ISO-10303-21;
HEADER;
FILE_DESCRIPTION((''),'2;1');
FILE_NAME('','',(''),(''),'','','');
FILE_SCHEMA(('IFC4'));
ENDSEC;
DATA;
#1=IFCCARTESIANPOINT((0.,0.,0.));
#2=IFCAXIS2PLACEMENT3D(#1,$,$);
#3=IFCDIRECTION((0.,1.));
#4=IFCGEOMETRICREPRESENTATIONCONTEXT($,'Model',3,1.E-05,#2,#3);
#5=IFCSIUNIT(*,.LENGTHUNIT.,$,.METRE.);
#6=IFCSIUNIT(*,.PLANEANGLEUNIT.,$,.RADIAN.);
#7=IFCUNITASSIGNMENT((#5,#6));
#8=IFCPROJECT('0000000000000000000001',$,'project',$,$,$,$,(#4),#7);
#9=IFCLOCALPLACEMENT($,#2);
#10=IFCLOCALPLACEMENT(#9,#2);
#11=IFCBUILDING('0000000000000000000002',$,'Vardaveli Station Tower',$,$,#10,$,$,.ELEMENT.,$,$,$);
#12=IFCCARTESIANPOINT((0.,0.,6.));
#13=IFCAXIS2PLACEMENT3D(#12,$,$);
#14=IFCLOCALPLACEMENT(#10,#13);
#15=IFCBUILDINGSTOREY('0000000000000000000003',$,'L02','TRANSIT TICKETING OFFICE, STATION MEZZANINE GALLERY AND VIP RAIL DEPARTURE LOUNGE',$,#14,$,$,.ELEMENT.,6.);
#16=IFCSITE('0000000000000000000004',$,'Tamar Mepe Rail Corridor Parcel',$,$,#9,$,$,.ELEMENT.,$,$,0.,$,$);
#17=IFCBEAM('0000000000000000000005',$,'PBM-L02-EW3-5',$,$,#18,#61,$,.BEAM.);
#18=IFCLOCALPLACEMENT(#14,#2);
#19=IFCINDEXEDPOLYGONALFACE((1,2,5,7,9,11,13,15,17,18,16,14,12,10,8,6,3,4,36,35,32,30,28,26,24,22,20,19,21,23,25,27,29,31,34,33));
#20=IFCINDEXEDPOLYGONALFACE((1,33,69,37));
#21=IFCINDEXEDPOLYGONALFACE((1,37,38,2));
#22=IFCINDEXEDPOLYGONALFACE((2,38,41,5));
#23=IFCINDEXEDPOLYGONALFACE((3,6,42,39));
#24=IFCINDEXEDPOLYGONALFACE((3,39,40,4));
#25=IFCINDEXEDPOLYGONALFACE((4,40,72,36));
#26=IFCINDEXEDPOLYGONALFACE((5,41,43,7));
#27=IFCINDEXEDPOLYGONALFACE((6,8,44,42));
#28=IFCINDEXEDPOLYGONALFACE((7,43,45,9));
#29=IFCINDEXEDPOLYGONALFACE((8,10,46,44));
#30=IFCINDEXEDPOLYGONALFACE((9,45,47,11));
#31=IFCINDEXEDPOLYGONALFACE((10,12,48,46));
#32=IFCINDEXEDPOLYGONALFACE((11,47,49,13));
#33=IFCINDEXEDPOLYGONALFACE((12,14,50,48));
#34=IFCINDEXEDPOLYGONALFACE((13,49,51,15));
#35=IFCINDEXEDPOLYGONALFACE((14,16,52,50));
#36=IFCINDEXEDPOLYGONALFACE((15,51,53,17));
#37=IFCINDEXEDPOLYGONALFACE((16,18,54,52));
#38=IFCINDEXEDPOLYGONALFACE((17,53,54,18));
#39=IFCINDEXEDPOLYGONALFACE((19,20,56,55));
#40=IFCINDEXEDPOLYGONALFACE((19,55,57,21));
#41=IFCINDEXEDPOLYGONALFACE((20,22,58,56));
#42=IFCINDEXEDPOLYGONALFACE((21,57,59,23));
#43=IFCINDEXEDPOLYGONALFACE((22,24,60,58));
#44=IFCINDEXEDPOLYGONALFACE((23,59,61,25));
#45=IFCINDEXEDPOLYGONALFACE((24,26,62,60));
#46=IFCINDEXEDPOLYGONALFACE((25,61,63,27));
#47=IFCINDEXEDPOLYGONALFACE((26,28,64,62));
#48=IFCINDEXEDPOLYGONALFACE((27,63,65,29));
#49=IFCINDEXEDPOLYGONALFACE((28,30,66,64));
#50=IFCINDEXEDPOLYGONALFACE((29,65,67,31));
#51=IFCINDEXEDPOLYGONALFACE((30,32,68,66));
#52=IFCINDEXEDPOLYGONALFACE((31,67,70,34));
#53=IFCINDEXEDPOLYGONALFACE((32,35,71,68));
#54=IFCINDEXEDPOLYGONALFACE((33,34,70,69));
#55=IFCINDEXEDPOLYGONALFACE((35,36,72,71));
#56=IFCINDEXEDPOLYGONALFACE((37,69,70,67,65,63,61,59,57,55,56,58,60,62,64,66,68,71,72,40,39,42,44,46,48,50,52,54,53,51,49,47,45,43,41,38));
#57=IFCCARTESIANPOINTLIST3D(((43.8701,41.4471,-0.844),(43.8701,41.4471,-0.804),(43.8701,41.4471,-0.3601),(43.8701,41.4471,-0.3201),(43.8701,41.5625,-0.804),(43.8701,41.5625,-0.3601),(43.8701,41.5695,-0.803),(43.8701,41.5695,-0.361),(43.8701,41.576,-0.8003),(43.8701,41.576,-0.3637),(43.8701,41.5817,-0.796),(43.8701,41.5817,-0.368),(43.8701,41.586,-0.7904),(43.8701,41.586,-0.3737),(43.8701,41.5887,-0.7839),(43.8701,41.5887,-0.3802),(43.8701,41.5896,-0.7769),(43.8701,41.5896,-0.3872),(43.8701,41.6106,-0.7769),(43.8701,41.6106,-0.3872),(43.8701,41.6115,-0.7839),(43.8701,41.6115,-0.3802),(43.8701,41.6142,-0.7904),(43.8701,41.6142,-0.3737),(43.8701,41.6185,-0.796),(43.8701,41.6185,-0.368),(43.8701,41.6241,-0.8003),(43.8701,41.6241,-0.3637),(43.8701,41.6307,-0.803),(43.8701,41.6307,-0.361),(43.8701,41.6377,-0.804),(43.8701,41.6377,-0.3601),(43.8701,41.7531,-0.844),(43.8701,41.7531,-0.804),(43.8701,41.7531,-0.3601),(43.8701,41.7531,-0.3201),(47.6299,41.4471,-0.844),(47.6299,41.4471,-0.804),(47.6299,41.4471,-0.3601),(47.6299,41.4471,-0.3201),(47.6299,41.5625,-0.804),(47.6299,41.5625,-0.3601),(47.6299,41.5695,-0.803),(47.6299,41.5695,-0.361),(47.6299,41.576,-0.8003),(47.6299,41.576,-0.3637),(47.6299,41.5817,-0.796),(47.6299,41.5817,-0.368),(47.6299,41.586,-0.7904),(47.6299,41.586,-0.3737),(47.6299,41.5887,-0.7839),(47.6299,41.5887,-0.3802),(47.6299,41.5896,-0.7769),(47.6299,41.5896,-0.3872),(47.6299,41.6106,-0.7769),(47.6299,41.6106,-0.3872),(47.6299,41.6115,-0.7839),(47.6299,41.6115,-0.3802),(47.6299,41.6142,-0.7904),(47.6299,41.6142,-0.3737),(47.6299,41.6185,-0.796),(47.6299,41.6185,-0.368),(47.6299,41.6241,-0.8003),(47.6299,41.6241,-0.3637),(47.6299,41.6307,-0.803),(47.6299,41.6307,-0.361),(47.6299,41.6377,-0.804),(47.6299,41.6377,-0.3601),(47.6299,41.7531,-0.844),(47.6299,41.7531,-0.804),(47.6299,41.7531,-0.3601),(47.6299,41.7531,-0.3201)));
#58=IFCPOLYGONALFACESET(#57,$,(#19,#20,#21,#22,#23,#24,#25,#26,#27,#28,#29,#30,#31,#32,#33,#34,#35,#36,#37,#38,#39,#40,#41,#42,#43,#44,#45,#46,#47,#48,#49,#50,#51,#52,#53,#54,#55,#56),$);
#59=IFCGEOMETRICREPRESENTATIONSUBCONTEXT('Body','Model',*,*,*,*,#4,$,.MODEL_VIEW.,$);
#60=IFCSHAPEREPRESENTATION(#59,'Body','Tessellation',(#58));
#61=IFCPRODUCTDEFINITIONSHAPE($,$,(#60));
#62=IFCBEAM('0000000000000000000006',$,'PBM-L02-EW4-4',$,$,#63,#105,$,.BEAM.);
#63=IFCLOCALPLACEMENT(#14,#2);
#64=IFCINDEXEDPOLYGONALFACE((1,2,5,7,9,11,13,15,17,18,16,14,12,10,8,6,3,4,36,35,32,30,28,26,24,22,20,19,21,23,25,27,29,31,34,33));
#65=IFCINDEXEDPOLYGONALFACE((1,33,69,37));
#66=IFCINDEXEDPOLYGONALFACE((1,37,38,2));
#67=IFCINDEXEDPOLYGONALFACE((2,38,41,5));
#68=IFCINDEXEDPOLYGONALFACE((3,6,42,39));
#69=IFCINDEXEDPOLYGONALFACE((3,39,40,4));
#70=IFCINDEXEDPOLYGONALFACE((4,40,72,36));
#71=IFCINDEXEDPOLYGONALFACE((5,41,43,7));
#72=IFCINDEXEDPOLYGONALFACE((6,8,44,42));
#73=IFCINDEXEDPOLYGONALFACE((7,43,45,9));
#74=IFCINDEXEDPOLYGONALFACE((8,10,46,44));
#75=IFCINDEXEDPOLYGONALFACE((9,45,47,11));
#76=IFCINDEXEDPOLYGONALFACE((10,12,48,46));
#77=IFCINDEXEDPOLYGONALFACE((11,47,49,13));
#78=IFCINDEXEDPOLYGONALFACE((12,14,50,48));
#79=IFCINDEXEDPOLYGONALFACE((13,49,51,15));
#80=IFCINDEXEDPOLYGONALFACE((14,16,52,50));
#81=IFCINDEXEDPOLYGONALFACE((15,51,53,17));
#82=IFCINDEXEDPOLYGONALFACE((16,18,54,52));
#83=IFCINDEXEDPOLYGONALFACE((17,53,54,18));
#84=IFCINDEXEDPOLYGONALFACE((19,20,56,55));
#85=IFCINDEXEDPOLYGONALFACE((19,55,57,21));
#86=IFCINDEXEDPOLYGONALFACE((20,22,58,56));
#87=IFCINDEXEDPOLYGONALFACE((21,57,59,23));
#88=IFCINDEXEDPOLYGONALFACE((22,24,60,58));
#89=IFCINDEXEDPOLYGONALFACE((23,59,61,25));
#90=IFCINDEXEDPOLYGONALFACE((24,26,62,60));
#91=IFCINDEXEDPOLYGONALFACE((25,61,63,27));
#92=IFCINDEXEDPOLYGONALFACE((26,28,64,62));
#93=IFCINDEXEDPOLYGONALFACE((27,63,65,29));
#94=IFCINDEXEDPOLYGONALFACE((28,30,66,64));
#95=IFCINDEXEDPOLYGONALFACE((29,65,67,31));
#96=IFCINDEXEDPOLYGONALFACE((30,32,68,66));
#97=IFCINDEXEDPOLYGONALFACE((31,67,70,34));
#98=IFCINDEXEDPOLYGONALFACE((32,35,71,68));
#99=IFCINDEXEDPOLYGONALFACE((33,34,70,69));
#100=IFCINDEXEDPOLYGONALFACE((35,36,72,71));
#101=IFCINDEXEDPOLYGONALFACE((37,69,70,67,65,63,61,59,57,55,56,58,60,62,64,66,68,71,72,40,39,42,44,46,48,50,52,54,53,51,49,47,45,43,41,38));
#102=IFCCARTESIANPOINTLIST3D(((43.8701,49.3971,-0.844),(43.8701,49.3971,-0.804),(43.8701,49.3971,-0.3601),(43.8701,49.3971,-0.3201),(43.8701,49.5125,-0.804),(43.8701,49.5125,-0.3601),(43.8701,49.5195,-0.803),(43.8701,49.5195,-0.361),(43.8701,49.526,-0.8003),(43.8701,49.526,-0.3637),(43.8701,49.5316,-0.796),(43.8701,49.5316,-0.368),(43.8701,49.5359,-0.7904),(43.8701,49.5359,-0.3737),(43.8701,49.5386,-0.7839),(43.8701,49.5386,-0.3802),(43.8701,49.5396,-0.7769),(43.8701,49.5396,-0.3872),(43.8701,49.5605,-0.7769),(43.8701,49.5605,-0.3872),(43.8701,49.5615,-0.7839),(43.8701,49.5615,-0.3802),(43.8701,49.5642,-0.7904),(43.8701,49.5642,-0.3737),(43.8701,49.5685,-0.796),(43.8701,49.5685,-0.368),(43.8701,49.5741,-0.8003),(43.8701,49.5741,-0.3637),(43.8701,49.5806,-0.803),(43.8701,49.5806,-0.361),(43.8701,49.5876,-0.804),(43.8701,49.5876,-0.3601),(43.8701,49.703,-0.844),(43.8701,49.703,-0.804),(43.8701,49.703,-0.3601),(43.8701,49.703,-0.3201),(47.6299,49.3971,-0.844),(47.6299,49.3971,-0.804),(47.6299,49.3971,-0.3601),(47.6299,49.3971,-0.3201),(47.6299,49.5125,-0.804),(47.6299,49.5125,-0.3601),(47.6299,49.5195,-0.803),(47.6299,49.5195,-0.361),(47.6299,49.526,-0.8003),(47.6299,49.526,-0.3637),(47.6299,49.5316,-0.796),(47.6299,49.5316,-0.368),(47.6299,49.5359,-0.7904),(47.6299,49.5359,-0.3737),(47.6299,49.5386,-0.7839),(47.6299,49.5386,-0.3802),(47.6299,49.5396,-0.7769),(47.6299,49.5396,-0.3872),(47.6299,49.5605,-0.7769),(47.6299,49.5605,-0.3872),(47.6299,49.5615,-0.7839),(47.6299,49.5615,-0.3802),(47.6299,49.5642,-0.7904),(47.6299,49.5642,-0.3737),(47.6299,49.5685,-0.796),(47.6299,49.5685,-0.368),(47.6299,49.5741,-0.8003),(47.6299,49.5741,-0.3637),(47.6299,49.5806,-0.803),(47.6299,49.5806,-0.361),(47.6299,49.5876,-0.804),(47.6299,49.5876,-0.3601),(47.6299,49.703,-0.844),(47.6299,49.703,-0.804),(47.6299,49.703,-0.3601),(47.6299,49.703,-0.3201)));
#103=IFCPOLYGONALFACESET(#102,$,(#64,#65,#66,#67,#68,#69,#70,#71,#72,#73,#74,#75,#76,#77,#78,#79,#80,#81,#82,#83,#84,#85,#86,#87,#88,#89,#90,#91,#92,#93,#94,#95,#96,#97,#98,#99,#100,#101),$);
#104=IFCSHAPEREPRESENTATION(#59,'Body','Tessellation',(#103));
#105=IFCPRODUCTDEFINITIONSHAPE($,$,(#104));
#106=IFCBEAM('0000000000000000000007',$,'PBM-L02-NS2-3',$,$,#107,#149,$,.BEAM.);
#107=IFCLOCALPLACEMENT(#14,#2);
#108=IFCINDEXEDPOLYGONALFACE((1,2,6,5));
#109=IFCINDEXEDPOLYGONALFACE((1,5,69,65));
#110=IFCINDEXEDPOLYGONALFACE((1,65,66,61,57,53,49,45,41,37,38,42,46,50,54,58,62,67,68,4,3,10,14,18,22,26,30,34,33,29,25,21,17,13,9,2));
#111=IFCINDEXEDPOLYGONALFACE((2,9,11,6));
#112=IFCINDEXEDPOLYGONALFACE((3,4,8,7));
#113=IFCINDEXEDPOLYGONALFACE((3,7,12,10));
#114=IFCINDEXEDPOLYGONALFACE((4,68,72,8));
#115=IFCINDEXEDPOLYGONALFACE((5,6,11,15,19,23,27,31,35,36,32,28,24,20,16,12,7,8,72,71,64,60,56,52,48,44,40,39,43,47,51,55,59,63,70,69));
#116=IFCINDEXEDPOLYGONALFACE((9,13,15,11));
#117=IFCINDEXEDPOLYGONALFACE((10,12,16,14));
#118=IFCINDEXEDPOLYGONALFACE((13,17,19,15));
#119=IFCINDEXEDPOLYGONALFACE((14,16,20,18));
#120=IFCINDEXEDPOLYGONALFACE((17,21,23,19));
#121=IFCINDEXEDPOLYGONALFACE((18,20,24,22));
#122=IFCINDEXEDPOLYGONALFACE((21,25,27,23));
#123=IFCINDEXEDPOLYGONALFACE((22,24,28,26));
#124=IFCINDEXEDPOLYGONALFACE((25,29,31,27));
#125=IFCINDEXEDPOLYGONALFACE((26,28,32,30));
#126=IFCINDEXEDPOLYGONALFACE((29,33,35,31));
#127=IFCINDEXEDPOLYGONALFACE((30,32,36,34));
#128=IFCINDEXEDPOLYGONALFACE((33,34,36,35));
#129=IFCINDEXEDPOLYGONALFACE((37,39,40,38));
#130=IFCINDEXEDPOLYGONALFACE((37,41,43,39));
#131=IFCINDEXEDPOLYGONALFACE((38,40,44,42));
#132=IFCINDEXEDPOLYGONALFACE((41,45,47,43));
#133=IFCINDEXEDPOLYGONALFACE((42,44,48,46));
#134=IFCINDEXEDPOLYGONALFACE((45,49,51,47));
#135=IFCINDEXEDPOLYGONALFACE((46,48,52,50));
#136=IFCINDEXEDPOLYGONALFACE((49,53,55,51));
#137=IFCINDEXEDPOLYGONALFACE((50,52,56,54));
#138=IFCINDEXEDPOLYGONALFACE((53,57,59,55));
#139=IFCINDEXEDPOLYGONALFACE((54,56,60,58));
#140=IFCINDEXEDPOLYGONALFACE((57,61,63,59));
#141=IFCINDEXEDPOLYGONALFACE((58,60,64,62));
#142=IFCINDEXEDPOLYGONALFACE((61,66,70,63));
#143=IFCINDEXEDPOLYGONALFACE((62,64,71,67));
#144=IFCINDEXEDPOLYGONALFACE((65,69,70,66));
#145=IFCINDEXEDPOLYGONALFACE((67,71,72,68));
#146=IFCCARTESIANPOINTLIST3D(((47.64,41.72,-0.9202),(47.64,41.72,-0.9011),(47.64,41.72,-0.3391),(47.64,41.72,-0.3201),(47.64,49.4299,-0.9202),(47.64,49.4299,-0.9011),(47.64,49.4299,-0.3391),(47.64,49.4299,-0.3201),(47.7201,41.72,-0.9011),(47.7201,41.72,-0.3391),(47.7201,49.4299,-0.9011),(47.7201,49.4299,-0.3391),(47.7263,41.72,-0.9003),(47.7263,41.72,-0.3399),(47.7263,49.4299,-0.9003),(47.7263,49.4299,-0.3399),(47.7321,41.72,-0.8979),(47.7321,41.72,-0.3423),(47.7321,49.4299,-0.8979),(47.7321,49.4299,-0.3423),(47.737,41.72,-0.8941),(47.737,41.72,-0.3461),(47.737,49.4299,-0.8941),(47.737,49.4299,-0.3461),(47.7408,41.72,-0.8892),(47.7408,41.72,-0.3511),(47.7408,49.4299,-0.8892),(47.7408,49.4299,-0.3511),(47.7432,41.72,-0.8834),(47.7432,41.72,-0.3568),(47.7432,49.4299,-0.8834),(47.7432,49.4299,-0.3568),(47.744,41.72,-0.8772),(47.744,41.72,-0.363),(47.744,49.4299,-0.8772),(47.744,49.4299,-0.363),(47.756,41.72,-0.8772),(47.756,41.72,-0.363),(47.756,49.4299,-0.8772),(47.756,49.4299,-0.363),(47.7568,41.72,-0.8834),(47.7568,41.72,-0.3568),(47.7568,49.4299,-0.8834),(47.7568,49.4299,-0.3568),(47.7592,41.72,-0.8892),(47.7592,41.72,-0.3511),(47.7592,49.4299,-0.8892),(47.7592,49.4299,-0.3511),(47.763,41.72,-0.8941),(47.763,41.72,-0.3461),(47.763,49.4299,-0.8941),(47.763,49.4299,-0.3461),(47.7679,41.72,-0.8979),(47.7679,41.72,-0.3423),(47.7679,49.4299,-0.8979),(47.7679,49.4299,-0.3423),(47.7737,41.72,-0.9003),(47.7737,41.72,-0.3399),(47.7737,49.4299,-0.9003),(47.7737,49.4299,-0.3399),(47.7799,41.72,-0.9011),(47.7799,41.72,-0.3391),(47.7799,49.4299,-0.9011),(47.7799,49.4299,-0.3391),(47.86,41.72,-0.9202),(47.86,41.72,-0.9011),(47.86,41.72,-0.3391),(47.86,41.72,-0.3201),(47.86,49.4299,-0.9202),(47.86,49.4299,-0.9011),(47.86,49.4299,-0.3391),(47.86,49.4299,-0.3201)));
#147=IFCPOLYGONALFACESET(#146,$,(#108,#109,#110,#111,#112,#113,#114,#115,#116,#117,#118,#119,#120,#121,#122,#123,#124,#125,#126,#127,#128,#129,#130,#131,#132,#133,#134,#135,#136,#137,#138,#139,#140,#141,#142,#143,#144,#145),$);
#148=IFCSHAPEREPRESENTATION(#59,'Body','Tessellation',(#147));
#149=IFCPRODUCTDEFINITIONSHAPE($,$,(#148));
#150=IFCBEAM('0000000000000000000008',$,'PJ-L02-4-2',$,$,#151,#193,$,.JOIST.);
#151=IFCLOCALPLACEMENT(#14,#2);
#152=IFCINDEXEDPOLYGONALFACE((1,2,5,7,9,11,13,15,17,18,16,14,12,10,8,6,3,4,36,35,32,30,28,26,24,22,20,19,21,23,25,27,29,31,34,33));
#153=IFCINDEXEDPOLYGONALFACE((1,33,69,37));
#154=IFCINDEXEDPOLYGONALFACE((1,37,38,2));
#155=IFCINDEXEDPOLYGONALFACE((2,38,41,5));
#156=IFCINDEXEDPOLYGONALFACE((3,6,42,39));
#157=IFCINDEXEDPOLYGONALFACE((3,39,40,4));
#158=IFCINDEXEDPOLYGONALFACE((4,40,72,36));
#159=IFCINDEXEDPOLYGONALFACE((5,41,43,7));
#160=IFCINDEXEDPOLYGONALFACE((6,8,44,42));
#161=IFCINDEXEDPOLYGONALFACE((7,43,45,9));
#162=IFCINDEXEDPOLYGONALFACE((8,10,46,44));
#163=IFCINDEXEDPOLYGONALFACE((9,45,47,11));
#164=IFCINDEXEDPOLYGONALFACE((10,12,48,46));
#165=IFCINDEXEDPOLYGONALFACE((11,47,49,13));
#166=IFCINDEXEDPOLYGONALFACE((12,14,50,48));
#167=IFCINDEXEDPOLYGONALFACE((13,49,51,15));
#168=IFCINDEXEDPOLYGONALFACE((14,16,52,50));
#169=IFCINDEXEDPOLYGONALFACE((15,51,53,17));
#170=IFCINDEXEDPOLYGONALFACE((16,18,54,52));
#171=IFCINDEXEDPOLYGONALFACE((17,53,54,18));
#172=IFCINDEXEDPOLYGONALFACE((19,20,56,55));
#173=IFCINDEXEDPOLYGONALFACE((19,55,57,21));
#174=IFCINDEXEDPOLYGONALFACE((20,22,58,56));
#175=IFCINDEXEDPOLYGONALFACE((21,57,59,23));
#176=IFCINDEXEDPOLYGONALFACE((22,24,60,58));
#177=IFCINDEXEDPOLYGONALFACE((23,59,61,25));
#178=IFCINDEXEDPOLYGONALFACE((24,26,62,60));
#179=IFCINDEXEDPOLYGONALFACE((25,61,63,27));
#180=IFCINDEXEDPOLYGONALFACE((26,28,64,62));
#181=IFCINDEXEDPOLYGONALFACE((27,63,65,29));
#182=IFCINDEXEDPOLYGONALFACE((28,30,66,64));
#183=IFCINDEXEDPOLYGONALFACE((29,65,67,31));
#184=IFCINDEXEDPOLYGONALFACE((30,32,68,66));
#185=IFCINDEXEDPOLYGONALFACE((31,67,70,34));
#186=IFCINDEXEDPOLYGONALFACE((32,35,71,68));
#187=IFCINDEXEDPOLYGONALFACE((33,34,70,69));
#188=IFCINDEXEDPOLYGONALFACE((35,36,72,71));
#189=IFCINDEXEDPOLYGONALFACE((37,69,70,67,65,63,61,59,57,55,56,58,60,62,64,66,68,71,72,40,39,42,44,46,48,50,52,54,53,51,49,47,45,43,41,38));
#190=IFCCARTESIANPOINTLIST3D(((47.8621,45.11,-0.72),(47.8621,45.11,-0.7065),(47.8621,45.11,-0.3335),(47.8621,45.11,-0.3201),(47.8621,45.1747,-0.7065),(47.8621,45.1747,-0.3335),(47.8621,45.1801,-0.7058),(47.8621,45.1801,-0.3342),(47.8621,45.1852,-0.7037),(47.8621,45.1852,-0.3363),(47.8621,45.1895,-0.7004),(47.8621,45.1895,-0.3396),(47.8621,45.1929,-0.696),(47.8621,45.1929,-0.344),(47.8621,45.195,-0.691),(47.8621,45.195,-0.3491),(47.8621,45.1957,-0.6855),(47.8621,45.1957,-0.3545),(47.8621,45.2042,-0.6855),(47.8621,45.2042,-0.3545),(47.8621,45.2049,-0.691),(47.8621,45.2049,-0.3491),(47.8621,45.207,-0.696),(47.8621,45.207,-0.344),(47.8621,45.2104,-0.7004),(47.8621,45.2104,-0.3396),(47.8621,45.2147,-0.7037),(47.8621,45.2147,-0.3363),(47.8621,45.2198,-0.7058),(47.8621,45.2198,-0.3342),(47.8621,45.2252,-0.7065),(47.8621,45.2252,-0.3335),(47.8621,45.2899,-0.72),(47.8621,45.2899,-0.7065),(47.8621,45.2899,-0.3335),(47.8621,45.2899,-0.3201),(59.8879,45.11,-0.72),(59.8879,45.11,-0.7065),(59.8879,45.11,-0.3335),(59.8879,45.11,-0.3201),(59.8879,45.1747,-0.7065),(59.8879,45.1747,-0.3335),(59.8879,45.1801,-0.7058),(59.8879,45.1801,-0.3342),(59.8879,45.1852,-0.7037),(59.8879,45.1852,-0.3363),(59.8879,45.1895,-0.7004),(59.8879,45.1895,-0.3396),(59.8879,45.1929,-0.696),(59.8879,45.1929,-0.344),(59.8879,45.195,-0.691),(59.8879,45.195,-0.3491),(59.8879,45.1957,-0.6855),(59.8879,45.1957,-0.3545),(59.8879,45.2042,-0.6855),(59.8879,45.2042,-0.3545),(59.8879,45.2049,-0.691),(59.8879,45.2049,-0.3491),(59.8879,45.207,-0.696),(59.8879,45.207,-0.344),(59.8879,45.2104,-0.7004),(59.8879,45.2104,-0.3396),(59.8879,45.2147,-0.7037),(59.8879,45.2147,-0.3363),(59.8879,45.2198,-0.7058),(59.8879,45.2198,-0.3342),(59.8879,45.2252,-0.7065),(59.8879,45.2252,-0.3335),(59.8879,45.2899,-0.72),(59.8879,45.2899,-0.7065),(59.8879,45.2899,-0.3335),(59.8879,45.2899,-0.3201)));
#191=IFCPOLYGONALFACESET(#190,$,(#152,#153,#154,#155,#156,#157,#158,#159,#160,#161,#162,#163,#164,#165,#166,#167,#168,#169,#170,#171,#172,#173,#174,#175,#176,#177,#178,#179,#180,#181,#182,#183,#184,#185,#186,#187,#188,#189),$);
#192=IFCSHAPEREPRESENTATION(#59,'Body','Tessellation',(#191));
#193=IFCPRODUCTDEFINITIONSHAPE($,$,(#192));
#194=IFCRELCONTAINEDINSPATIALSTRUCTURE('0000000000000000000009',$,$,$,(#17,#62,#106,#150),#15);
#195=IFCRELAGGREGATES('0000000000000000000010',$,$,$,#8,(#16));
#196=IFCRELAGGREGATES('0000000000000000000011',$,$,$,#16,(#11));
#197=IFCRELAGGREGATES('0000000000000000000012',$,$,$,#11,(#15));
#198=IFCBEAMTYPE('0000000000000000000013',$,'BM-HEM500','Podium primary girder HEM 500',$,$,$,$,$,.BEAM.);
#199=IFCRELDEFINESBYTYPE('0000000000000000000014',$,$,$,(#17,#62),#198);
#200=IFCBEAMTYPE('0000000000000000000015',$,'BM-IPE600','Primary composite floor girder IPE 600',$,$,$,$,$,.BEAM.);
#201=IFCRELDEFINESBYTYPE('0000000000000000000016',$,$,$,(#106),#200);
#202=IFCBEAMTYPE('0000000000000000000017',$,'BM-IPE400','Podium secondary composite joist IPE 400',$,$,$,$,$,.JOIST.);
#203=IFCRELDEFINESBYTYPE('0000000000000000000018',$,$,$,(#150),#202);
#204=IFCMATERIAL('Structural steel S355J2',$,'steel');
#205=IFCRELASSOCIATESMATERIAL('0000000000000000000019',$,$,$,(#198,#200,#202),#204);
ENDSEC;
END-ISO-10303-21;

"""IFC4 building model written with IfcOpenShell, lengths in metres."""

from ifc_helpers import new_model, si_unit, direction, frame, origin, origin_2d, place, context, subcontext, project, spatial, i_section, extrude, source, transform, mapped, material, material_profile, profile_set, type_object, element, save


model = new_model("IFC4")

# Units and contexts
model_context = context("Model", 3, precision=1e-05, world=origin(), true_north=direction((0.0, 1.0)))
body_context = subcontext(model_context, "Body", "Model", "MODEL_VIEW")
ifc_project = project(units=[si_unit("LENGTHUNIT", "METRE"), si_unit("PLANEANGLEUNIT", "RADIAN")], contexts=[model_context])

# Site, building, storey
site_placement = place(None, origin())
site = spatial("IfcSite", under=ifc_project, at=site_placement, Name="Tamar Mepe Rail Corridor Parcel", CompositionType="ELEMENT", RefElevation=0.0)
building_placement = place(site_placement, origin())
building = spatial("IfcBuilding", under=site, at=building_placement, Name="Vardaveli Station Tower", CompositionType="ELEMENT")
storey_placement = place(building_placement, frame((0.0, 0.0, 6.0)))
storey = spatial("IfcBuildingStorey", under=building, at=storey_placement, Name="L02", Description="TRANSIT TICKETING OFFICE, STATION MEZZANINE GALLERY AND VIP RAIL DEPARTURE LOUNGE", CompositionType="ELEMENT", Elevation=6.0)

# Beams
ifc_material_1 = material(Name="Structural steel S355J2", Category="steel")
ifc_material_profile_1 = material_profile(ifc_material_1, i_section(OverallWidth=0.3059, OverallDepth=0.5239, WebThickness=0.021, FlangeThickness=0.04, FilletRadius=0.0271, at=origin_2d()), Name="HEM 500")
ifc_profile_set_1 = profile_set([ifc_material_profile_1], Name="Structural steel S355J2")
beam_type_1 = type_object("IfcBeamType", Name="BM-HEM500", Description="Podium primary girder HEM 500", PredefinedType="BEAM", material=ifc_profile_set_1)
shared_shape_1 = source(origin(), body_context, "Body", "SweptSolid", [
    extrude(i_section(OverallWidth=0.3059, OverallDepth=0.5239, WebThickness=0.021, FlangeThickness=0.04, FilletRadius=0.0271, at=origin_2d()), origin(), (0.0, 0.0, 1.0), 3.7598),
])
for number, where, z_axis, x_axis, name in (
    (1, (43.8701, 41.6001, -0.582), (1.0, 0.0, 0.0), (0.0, 1.0, 0.0), "PBM-L02-EW3-5"),
    (2, (43.8701, 49.55, -0.582), (1.0, 0.0, 0.0), (0.0, 1.0, 0.0), "PBM-L02-EW4-4"),
):
    element("IfcBeam", number, at=place(storey_placement, frame(where, z_axis=z_axis, x_axis=x_axis)), inside=storey, type_object=beam_type_1, Name=name, PredefinedType="BEAM", context=body_context, shape_type="MappedRepresentation", body=[
        mapped(shared_shape_1, transform((0.0, 0.0, 0.0), scale=1.0)),
    ])
ifc_material_profile_2 = material_profile(ifc_material_1, i_section(OverallWidth=0.22, OverallDepth=0.6001, WebThickness=0.012, FlangeThickness=0.019, FilletRadius=0.0239, at=origin_2d()), Name="IPE 600")
ifc_profile_set_2 = profile_set([ifc_material_profile_2], Name="Structural steel S355J2")
beam_type_2 = type_object("IfcBeamType", Name="BM-IPE600", Description="Primary composite floor girder IPE 600", PredefinedType="BEAM", material=ifc_profile_set_2)
shared_shape_2 = source(origin(), body_context, "Body", "SweptSolid", [
    extrude(i_section(OverallWidth=0.22, OverallDepth=0.6001, WebThickness=0.012, FlangeThickness=0.019, FilletRadius=0.0239, at=origin_2d()), origin(), (0.0, 0.0, 1.0), 7.71),
])
beam_1_placement = place(storey_placement, frame((47.75, 41.72, -0.6201), z_axis=(0.0, 1.0, 0.0), x_axis=(-1.0, 0.0, 0.0)))
element("IfcBeam", 3, at=beam_1_placement, inside=storey, type_object=beam_type_2, Name="PBM-L02-NS2-3", PredefinedType="BEAM", context=body_context, shape_type="MappedRepresentation", body=[
    mapped(shared_shape_2, transform((0.0, 0.0, 0.0), scale=1.0)),
])
ifc_material_profile_3 = material_profile(ifc_material_1, i_section(OverallWidth=0.1799, OverallDepth=0.3999, WebThickness=0.0085, FlangeThickness=0.0134, FilletRadius=0.021, at=origin_2d()), Name="IPE 400")
ifc_profile_set_3 = profile_set([ifc_material_profile_3], Name="Structural steel S355J2")
beam_type_3 = type_object("IfcBeamType", Name="BM-IPE400", Description="Podium secondary composite joist IPE 400", PredefinedType="JOIST", material=ifc_profile_set_3)
shared_shape_3 = source(origin(), body_context, "Body", "SweptSolid", [
    extrude(i_section(OverallWidth=0.1799, OverallDepth=0.3999, WebThickness=0.0085, FlangeThickness=0.0134, FilletRadius=0.021, at=origin_2d()), origin(), (0.0, 0.0, 1.0), 12.0259),
])
beam_2_placement = place(storey_placement, frame((47.8621, 45.2, -0.52), z_axis=(1.0, 0.0, 0.0), x_axis=(0.0, 1.0, 0.0)))
element("IfcBeam", 4, at=beam_2_placement, inside=storey, type_object=beam_type_3, Name="PJ-L02-4-2", PredefinedType="JOIST", context=body_context, shape_type="MappedRepresentation", body=[
    mapped(shared_shape_3, transform((0.0, 0.0, 0.0), scale=1.0)),
])

save(model, "model.ifc")
